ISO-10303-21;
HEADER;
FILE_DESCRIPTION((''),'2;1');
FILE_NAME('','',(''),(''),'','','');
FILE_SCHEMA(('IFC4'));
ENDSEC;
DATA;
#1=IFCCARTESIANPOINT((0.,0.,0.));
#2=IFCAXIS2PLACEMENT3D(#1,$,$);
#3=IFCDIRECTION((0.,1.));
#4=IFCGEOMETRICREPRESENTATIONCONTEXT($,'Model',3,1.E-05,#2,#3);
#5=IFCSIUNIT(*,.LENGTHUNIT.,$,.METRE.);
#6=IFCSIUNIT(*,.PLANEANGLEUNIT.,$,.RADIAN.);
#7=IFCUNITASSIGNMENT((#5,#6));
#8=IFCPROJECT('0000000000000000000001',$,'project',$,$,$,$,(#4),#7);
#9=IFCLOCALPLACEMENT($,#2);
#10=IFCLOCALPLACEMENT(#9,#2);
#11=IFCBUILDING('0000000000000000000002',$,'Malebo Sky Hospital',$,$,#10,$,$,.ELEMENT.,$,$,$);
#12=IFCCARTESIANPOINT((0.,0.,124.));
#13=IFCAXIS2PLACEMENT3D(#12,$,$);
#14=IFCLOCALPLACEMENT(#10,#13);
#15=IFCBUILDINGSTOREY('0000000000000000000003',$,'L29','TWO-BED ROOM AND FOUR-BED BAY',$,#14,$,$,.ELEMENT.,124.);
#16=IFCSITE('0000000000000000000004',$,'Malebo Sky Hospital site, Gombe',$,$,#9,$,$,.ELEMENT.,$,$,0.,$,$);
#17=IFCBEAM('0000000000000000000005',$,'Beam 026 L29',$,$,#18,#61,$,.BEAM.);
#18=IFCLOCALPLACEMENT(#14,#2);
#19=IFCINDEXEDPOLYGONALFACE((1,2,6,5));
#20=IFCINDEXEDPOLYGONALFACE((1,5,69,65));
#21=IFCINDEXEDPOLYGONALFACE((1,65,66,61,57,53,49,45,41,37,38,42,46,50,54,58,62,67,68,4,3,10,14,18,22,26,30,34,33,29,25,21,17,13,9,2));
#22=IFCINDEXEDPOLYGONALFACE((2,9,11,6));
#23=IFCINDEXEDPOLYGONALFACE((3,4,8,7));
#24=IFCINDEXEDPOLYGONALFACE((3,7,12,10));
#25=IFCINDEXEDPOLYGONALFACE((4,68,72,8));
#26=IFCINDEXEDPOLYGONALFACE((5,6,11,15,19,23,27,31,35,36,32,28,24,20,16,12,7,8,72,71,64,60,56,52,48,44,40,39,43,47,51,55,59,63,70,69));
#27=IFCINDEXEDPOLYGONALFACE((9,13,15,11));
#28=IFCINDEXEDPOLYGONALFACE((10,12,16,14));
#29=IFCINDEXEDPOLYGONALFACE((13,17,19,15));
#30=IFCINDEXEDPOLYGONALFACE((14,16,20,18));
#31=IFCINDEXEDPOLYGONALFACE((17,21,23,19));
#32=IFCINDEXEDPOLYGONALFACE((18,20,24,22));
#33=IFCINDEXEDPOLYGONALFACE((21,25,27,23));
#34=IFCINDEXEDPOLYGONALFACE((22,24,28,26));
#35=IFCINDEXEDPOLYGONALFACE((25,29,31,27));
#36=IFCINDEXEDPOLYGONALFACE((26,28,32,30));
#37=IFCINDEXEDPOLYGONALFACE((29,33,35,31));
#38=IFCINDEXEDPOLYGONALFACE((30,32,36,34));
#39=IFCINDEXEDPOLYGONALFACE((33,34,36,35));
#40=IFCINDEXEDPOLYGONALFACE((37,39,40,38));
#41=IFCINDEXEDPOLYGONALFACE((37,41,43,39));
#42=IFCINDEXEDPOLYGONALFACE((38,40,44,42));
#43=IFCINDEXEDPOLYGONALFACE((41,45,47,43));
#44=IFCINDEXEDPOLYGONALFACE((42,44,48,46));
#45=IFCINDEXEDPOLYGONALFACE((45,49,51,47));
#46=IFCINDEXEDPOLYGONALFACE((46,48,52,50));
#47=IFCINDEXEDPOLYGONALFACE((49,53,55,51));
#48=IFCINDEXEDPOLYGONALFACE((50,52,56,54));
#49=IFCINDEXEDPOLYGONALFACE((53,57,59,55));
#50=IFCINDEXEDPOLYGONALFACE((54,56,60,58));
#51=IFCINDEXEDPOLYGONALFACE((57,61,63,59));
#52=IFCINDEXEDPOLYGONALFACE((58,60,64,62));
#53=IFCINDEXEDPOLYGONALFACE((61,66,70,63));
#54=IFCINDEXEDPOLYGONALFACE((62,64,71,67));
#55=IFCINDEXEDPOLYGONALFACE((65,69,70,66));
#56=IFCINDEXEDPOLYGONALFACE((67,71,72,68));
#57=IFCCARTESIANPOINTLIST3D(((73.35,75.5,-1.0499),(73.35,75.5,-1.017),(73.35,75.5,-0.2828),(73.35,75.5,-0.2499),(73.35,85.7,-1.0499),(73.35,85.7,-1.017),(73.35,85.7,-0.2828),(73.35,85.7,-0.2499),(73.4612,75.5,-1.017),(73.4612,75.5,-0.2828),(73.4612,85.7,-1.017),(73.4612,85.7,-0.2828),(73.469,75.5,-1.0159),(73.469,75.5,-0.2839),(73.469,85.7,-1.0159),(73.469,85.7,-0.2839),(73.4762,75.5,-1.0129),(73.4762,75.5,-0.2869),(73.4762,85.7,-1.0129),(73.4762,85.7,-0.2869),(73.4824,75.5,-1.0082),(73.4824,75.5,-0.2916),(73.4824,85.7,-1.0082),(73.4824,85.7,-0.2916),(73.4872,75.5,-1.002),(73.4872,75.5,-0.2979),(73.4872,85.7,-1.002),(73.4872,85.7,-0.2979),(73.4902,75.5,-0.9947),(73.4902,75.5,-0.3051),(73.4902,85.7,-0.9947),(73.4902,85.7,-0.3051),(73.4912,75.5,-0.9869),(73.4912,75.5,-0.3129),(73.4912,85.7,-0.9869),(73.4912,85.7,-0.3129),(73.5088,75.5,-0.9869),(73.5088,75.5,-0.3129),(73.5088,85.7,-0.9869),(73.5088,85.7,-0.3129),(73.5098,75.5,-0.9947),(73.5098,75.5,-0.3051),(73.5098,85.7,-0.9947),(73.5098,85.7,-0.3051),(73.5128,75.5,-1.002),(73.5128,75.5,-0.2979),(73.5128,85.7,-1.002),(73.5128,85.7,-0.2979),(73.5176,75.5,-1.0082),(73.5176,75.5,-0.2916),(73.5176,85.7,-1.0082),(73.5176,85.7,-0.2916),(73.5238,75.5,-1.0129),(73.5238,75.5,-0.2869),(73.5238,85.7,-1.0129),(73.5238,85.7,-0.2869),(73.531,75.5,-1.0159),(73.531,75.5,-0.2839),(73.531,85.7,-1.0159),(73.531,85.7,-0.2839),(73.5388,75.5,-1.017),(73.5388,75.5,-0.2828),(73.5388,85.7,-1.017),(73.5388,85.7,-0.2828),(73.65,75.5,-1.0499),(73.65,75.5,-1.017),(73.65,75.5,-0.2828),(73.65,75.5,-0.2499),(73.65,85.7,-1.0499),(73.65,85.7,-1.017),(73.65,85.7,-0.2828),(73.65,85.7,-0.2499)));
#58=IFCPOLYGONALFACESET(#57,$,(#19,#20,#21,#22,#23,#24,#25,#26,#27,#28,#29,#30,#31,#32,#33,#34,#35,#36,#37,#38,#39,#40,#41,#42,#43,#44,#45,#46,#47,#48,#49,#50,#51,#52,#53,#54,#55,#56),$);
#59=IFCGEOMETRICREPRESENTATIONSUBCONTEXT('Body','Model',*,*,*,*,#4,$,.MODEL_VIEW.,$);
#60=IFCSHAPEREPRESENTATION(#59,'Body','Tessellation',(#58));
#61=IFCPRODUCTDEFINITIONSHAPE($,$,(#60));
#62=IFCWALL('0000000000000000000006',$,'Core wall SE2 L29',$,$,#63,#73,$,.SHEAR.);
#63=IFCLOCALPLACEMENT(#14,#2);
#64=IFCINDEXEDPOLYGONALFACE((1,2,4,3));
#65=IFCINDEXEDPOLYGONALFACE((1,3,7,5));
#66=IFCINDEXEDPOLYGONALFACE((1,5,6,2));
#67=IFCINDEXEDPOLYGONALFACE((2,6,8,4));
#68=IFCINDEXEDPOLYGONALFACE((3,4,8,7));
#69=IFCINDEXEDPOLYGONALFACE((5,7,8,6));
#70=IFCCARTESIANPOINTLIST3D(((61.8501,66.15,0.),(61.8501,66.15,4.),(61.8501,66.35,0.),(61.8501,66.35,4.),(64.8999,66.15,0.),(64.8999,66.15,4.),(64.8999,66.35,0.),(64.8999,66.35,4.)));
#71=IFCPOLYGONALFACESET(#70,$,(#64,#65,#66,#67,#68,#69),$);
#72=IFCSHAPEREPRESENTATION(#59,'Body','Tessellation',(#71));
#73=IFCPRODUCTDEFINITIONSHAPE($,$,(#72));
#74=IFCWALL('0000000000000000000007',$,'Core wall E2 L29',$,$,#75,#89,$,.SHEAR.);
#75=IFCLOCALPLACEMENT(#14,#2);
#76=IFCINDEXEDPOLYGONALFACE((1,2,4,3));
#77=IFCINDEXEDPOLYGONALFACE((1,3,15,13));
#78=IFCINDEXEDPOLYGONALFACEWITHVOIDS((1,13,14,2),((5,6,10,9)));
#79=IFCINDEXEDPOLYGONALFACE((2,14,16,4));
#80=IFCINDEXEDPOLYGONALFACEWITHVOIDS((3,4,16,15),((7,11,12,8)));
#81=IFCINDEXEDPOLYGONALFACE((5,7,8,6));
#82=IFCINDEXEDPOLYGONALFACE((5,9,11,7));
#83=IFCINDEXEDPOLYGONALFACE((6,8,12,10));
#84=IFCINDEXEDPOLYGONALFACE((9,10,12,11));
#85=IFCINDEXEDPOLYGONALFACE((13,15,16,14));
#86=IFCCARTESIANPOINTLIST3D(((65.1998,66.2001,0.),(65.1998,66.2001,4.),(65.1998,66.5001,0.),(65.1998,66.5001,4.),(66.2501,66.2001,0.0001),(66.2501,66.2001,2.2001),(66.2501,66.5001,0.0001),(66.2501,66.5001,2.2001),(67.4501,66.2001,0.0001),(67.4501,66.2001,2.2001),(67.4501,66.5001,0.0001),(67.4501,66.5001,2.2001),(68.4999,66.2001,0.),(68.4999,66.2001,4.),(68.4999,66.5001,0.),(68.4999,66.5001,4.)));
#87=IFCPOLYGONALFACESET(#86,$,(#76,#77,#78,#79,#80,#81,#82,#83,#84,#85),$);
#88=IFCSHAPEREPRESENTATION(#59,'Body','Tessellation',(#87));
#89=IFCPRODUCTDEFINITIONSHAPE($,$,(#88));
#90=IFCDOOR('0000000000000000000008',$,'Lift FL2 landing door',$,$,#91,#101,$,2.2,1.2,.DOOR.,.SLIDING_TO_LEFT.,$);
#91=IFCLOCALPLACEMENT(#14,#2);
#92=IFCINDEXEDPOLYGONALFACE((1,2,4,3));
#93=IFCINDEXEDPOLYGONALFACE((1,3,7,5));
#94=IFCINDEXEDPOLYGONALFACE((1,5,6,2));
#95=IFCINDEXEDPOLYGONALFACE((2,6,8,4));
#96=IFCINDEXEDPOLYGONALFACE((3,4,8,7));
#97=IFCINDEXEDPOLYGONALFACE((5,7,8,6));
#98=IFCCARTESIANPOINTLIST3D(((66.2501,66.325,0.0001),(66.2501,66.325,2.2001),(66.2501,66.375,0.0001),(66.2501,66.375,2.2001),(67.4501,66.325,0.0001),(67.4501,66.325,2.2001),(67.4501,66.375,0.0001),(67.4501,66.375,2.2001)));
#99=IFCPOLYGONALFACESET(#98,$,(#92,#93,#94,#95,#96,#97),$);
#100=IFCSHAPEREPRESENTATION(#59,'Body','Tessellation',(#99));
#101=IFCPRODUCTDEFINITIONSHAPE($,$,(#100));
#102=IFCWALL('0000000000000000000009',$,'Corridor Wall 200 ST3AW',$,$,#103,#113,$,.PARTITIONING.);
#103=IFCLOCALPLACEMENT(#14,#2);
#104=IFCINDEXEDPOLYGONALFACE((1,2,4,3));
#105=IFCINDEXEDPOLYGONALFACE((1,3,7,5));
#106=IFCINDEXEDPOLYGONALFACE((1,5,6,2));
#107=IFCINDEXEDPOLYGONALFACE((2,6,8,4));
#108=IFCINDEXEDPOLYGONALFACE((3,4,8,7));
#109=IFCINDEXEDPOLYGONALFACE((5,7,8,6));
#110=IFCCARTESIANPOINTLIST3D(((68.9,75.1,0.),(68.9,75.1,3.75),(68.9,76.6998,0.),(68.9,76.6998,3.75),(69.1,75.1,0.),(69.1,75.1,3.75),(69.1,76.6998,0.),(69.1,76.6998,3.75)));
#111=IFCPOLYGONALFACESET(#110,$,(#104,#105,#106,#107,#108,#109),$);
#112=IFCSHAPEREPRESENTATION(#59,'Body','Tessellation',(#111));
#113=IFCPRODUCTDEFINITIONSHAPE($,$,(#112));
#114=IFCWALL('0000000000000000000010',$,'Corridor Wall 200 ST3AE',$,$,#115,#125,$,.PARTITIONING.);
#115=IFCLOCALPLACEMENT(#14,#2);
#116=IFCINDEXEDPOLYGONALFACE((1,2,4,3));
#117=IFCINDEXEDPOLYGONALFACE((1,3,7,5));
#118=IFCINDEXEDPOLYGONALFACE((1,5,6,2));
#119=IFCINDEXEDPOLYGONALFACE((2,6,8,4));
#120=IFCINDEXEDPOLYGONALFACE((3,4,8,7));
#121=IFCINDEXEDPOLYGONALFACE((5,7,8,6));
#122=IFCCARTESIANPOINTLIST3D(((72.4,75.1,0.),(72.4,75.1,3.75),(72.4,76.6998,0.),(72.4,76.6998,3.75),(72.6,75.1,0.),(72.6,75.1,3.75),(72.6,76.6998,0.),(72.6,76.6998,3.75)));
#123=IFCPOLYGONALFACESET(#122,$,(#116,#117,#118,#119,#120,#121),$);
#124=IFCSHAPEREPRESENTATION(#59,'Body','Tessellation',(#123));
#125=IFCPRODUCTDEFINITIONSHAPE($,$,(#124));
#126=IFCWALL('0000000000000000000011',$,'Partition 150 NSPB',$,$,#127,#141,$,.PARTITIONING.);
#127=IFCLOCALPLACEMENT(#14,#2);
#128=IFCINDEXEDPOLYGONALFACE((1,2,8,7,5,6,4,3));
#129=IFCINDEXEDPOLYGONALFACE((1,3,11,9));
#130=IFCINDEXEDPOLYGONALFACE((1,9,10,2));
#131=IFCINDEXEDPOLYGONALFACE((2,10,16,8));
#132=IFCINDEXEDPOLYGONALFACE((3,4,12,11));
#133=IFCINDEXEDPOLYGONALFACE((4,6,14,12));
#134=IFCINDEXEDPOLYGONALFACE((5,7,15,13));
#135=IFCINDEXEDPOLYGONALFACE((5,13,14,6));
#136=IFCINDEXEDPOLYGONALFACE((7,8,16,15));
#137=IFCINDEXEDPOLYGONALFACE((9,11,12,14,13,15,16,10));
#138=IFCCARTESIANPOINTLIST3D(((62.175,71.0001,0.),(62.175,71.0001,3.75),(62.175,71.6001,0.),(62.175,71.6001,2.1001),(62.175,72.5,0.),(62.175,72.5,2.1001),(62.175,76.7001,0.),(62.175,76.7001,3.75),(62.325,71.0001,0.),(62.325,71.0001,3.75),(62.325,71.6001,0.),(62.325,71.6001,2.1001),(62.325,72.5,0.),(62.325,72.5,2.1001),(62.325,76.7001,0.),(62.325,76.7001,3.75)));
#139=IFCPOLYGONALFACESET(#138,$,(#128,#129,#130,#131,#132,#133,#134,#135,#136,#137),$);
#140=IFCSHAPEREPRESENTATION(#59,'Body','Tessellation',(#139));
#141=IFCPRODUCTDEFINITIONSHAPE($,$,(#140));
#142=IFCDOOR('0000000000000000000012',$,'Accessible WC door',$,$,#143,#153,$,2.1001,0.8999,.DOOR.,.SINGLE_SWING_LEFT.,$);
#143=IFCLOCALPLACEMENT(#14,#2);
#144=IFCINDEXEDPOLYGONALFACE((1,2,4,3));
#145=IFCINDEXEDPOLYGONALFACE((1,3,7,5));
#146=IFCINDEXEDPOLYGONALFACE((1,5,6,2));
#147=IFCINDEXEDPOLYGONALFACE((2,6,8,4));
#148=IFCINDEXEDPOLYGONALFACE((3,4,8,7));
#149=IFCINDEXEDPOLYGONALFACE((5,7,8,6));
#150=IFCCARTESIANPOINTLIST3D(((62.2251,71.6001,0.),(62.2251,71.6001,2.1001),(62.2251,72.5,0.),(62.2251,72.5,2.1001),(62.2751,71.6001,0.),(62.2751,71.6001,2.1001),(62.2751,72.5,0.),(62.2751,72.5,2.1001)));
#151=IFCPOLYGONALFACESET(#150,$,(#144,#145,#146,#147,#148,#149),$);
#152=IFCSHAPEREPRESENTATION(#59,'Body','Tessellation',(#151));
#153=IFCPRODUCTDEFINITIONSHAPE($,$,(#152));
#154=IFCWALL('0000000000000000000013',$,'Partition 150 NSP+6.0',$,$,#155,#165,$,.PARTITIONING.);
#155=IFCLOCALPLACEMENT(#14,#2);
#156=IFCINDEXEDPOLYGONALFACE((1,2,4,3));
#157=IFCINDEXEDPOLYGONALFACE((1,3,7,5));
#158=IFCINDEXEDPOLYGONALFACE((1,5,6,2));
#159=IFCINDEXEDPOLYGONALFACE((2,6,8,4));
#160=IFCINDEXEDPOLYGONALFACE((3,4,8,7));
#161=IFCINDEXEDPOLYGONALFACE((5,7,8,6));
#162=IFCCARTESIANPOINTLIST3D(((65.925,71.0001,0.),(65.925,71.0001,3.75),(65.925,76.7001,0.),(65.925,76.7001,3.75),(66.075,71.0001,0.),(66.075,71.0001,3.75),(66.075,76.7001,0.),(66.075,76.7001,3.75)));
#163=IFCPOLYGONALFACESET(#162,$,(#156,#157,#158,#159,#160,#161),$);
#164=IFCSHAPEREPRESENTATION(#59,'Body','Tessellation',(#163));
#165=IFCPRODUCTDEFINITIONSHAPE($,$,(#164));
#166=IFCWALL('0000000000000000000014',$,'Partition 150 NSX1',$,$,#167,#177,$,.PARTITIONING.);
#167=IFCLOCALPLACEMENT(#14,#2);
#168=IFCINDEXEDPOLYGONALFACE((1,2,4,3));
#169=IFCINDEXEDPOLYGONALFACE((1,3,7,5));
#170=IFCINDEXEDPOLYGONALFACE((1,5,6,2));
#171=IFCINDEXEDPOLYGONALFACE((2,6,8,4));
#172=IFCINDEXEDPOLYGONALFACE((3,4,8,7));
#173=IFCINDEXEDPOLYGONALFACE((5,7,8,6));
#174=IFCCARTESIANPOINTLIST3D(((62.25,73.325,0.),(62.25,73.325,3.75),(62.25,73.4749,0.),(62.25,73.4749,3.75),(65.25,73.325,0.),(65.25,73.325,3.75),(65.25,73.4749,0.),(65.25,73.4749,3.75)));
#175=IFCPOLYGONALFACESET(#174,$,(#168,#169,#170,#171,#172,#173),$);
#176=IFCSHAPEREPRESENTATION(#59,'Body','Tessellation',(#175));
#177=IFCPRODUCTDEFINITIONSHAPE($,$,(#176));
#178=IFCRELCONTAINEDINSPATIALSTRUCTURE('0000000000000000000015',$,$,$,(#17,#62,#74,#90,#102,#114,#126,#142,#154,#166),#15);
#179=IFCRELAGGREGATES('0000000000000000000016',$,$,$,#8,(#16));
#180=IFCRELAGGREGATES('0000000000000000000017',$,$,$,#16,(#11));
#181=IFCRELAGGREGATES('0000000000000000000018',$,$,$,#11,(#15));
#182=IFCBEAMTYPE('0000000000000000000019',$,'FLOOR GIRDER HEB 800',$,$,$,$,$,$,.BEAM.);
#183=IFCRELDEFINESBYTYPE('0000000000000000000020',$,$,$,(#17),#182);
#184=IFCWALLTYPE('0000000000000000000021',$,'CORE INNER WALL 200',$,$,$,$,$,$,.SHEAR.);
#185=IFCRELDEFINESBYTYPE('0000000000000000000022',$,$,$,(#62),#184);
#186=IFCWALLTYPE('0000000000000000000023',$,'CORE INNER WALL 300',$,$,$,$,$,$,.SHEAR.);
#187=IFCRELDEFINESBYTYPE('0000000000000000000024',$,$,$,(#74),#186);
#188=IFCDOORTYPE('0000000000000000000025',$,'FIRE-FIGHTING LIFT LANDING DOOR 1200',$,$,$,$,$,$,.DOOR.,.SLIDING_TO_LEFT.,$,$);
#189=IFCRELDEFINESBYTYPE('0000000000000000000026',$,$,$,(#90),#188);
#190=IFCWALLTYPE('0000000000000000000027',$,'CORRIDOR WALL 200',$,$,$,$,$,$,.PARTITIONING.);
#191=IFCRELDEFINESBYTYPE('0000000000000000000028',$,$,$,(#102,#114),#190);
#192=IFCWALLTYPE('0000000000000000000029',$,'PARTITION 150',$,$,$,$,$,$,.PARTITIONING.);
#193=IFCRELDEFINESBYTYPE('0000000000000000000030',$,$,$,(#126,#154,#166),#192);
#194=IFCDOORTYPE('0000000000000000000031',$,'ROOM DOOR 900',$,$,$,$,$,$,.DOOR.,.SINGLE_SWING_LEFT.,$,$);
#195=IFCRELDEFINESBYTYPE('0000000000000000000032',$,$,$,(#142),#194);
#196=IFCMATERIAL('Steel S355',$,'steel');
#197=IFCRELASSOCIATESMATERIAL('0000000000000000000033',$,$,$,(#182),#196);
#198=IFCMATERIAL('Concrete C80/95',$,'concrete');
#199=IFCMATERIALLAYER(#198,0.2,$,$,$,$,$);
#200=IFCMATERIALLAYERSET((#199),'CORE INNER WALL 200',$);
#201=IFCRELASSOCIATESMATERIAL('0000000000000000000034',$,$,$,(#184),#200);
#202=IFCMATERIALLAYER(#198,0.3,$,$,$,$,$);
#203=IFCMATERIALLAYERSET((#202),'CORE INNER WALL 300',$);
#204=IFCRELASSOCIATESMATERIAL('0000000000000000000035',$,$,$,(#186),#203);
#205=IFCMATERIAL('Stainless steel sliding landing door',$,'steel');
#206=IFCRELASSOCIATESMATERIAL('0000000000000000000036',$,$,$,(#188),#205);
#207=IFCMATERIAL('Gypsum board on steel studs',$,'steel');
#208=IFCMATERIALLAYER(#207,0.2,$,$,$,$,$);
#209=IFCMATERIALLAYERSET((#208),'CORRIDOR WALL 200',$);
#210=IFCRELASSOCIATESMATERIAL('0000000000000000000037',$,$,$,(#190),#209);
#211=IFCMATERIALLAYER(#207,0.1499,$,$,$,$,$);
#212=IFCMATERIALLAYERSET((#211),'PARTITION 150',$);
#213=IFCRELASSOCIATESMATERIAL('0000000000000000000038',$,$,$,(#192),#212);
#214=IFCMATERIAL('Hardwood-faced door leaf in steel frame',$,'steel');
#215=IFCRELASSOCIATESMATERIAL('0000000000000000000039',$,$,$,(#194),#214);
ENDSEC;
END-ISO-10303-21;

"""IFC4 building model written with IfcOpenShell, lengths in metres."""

from ifc_helpers import new_model, si_unit, direction, frame, frame_2d, origin, origin_2d, place, context, subcontext, project, spatial, rectangle, i_section, extrude, material, layer, layer_set, material_profile, profile_set, type_object, element, fill, save


model = new_model("IFC4")

# Units and contexts
model_context = context("Model", 3, precision=1e-05, world=origin(), true_north=direction((0.0, 1.0)))
body_context = subcontext(model_context, "Body", "Model", "MODEL_VIEW")
ifc_project = project(units=[si_unit("LENGTHUNIT", "METRE"), si_unit("PLANEANGLEUNIT", "RADIAN")], contexts=[model_context])

# Site, building, storey
site_placement = place(None, origin())
site = spatial("IfcSite", under=ifc_project, at=site_placement, Name="Malebo Sky Hospital site, Gombe", CompositionType="ELEMENT", RefElevation=0.0)
building_placement = place(site_placement, origin())
building = spatial("IfcBuilding", under=site, at=building_placement, Name="Malebo Sky Hospital", CompositionType="ELEMENT")
storey_placement = place(building_placement, frame((0.0, 0.0, 124.0)))
storey = spatial("IfcBuildingStorey", under=building, at=storey_placement, Name="L29", Description="TWO-BED ROOM AND FOUR-BED BAY", CompositionType="ELEMENT", Elevation=124.0)

# Beam
ifc_material_1 = material(Name="Steel S355", Category="steel")
ifc_material_profile_1 = material_profile(ifc_material_1, i_section(OverallWidth=0.3, OverallDepth=0.8, WebThickness=0.0176, FlangeThickness=0.033, FilletRadius=0.03, at=origin_2d()), Name="HEB 800")
ifc_profile_set_1 = profile_set([ifc_material_profile_1], Name="Steel S355")
beam_type_1 = type_object("IfcBeamType", Name="FLOOR GIRDER HEB 800", PredefinedType="BEAM", material=ifc_profile_set_1)
beam_1_placement = place(storey_placement, frame((73.5, 75.5, -0.6499), z_axis=(0.0, 1.0, 0.0), x_axis=(-1.0, 0.0, 0.0)))
element("IfcBeam", 1, at=beam_1_placement, inside=storey, type_object=beam_type_1, Name="Beam 026 L29", PredefinedType="BEAM", context=body_context, shape_type="SweptSolid", body=[
    extrude(i_section(OverallWidth=0.3, OverallDepth=0.8, WebThickness=0.0176, FlangeThickness=0.033, FilletRadius=0.03, at=origin_2d()), origin(), (0.0, 0.0, 1.0), 10.2),
])

# Wall
ifc_material_2 = material(Name="Concrete C80/95", Category="concrete")
ifc_layer_1 = layer(ifc_material_2, 0.2)
ifc_layer_set_1 = layer_set([ifc_layer_1], Name="CORE INNER WALL 200")
wall_type_1 = type_object("IfcWallType", Name="CORE INNER WALL 200", PredefinedType="SHEAR", material=ifc_layer_set_1)
wall_1_placement = place(storey_placement, frame((61.8501, 66.25, 0.0), z_axis=(0.0, 0.0, 1.0), x_axis=(1.0, 0.0, 0.0)))
element("IfcWall", 2, at=wall_1_placement, inside=storey, type_object=wall_type_1, Name="Core wall SE2 L29", PredefinedType="SHEAR", context=body_context, shape_type="SweptSolid", body=[
    extrude(rectangle(XDim=3.0498, YDim=0.2, at=frame_2d((1.5249, 0.0))), origin(), (0.0, 0.0, 1.0), 4.0),
])

# Wall, opening, door
ifc_layer_2 = layer(ifc_material_2, 0.3)
ifc_layer_set_2 = layer_set([ifc_layer_2], Name="CORE INNER WALL 300")
wall_type_2 = type_object("IfcWallType", Name="CORE INNER WALL 300", PredefinedType="SHEAR", material=ifc_layer_set_2)
wall_2_placement = place(storey_placement, frame((65.2, 66.3501, 0.0), z_axis=(0.0, 0.0, 1.0), x_axis=(1.0, 0.0, 0.0)))
wall_2 = element("IfcWall", 3, at=wall_2_placement, inside=storey, type_object=wall_type_2, Name="Core wall E2 L29", PredefinedType="SHEAR", context=body_context, shape_type="SweptSolid", body=[
    extrude(rectangle(XDim=3.3, YDim=0.3, at=frame_2d((1.6499, 0.0))), origin(), (0.0, 0.0, 1.0), 4.0),
])
opening_1_placement = place(wall_2_placement, frame((1.05, 0.0, 0.0)))
opening_1 = element("IfcOpeningElement", 4, at=opening_1_placement, cuts=wall_2, PredefinedType="OPENING", context=body_context, shape_type="SweptSolid", body=[
    extrude(rectangle(XDim=1.2, YDim=2.2, at=frame_2d((0.6001, 1.1001))), frame((0.0, 0.1599, 0.0), z_axis=(0.0, -1.0, 0.0), x_axis=(1.0, 0.0, 0.0)), (0.0, 0.0, 1.0), 0.3201),
])
ifc_material_3 = material(Name="Stainless steel sliding landing door", Category="steel")
door_type_1 = type_object("IfcDoorType", Name="FIRE-FIGHTING LIFT LANDING DOOR 1200", OperationType="SLIDING_TO_LEFT", PredefinedType="DOOR", material=ifc_material_3)
door_1_placement = place(opening_1_placement, origin())
door_1 = element("IfcDoor", 5, at=door_1_placement, inside=storey, type_object=door_type_1, Name="Lift FL2 landing door", OperationType="SLIDING_TO_LEFT", OverallHeight=2.2, OverallWidth=1.2, PredefinedType="DOOR", context=body_context, shape_type="SweptSolid", body=[
    extrude(rectangle(XDim=1.2, YDim=2.2, at=frame_2d((0.6001, 1.1001))), frame((0.0, 0.0249, 0.0), z_axis=(0.0, -1.0, 0.0), x_axis=(1.0, 0.0, 0.0)), (0.0, 0.0, 1.0), 0.05),
])
fill(opening_1, door_1)

# Walls
ifc_material_4 = material(Name="Gypsum board on steel studs", Category="steel")
ifc_layer_3 = layer(ifc_material_4, 0.2)
ifc_layer_set_3 = layer_set([ifc_layer_3], Name="CORRIDOR WALL 200")
wall_type_3 = type_object("IfcWallType", Name="CORRIDOR WALL 200", PredefinedType="PARTITIONING", material=ifc_layer_set_3)
for number, where, z_axis, x_axis, name in (
    (6, (69.0, 75.1001, 0.0), (0.0, 0.0, 1.0), (0.0, 1.0, 0.0), "Corridor Wall 200 ST3AW"),
    (7, (72.5, 75.1001, 0.0), (0.0, 0.0, 1.0), (0.0, 1.0, 0.0), "Corridor Wall 200 ST3AE"),
):
    element("IfcWall", number, at=place(storey_placement, frame(where, z_axis=z_axis, x_axis=x_axis)), inside=storey, type_object=wall_type_3, Name=name, PredefinedType="PARTITIONING", context=body_context, shape_type="SweptSolid", body=[
        extrude(rectangle(XDim=1.5999, YDim=0.2, at=frame_2d((0.7998, 0.0))), origin(), (0.0, 0.0, 1.0), 3.75),
    ])

# Wall, opening, door
ifc_layer_4 = layer(ifc_material_4, 0.1499)
ifc_layer_set_4 = layer_set([ifc_layer_4], Name="PARTITION 150")
wall_type_4 = type_object("IfcWallType", Name="PARTITION 150", PredefinedType="PARTITIONING", material=ifc_layer_set_4)
wall_3_placement = place(storey_placement, frame((62.25, 71.0, 0.0), z_axis=(0.0, 0.0, 1.0), x_axis=(0.0, 1.0, 0.0)))
wall_3 = element("IfcWall", 8, at=wall_3_placement, inside=storey, type_object=wall_type_4, Name="Partition 150 NSPB", PredefinedType="PARTITIONING", context=body_context, shape_type="SweptSolid", body=[
    extrude(rectangle(XDim=5.7, YDim=0.1499, at=frame_2d((2.8501, 0.0))), origin(), (0.0, 0.0, 1.0), 3.75),
])
opening_2_placement = place(wall_3_placement, frame((0.6001, 0.0, 0.0)))
opening_2 = element("IfcOpeningElement", 9, at=opening_2_placement, cuts=wall_3, PredefinedType="OPENING", context=body_context, shape_type="SweptSolid", body=[
    extrude(rectangle(XDim=0.8999, YDim=2.1001, at=frame_2d((0.45, 1.05))), frame((0.0, 0.085, 0.0), z_axis=(0.0, -1.0, 0.0), x_axis=(1.0, 0.0, 0.0)), (0.0, 0.0, 1.0), 0.1699),
])
ifc_material_5 = material(Name="Hardwood-faced door leaf in steel frame", Category="steel")
door_type_2 = type_object("IfcDoorType", Name="ROOM DOOR 900", OperationType="SINGLE_SWING_LEFT", PredefinedType="DOOR", material=ifc_material_5)
door_2_placement = place(opening_2_placement, origin())
door_2 = element("IfcDoor", 10, at=door_2_placement, inside=storey, type_object=door_type_2, Name="Accessible WC door", OperationType="SINGLE_SWING_LEFT", OverallHeight=2.1001, OverallWidth=0.8999, PredefinedType="DOOR", context=body_context, shape_type="SweptSolid", body=[
    extrude(rectangle(XDim=0.8999, YDim=2.1001, at=frame_2d((0.45, 1.05))), frame((0.0, 0.0249, 0.0), z_axis=(0.0, -1.0, 0.0), x_axis=(1.0, 0.0, 0.0)), (0.0, 0.0, 1.0), 0.05),
])
fill(opening_2, door_2)

# Walls
wall_4_placement = place(storey_placement, frame((66.0, 71.0, 0.0), z_axis=(0.0, 0.0, 1.0), x_axis=(0.0, 1.0, 0.0)))
element("IfcWall", 11, at=wall_4_placement, inside=storey, type_object=wall_type_4, Name="Partition 150 NSP+6.0", PredefinedType="PARTITIONING", context=body_context, shape_type="SweptSolid", body=[
    extrude(rectangle(XDim=5.7, YDim=0.1499, at=frame_2d((2.8501, 0.0))), origin(), (0.0, 0.0, 1.0), 3.75),
])
wall_5_placement = place(storey_placement, frame((62.25, 73.3999, 0.0), z_axis=(0.0, 0.0, 1.0), x_axis=(1.0, 0.0, 0.0)))
element("IfcWall", 12, at=wall_5_placement, inside=storey, type_object=wall_type_4, Name="Partition 150 NSX1", PredefinedType="PARTITIONING", context=body_context, shape_type="SweptSolid", body=[
    extrude(rectangle(XDim=3.0, YDim=0.1499, at=frame_2d((1.5, 0.0))), origin(), (0.0, 0.0, 1.0), 3.75),
])

save(model, "model.ifc")
